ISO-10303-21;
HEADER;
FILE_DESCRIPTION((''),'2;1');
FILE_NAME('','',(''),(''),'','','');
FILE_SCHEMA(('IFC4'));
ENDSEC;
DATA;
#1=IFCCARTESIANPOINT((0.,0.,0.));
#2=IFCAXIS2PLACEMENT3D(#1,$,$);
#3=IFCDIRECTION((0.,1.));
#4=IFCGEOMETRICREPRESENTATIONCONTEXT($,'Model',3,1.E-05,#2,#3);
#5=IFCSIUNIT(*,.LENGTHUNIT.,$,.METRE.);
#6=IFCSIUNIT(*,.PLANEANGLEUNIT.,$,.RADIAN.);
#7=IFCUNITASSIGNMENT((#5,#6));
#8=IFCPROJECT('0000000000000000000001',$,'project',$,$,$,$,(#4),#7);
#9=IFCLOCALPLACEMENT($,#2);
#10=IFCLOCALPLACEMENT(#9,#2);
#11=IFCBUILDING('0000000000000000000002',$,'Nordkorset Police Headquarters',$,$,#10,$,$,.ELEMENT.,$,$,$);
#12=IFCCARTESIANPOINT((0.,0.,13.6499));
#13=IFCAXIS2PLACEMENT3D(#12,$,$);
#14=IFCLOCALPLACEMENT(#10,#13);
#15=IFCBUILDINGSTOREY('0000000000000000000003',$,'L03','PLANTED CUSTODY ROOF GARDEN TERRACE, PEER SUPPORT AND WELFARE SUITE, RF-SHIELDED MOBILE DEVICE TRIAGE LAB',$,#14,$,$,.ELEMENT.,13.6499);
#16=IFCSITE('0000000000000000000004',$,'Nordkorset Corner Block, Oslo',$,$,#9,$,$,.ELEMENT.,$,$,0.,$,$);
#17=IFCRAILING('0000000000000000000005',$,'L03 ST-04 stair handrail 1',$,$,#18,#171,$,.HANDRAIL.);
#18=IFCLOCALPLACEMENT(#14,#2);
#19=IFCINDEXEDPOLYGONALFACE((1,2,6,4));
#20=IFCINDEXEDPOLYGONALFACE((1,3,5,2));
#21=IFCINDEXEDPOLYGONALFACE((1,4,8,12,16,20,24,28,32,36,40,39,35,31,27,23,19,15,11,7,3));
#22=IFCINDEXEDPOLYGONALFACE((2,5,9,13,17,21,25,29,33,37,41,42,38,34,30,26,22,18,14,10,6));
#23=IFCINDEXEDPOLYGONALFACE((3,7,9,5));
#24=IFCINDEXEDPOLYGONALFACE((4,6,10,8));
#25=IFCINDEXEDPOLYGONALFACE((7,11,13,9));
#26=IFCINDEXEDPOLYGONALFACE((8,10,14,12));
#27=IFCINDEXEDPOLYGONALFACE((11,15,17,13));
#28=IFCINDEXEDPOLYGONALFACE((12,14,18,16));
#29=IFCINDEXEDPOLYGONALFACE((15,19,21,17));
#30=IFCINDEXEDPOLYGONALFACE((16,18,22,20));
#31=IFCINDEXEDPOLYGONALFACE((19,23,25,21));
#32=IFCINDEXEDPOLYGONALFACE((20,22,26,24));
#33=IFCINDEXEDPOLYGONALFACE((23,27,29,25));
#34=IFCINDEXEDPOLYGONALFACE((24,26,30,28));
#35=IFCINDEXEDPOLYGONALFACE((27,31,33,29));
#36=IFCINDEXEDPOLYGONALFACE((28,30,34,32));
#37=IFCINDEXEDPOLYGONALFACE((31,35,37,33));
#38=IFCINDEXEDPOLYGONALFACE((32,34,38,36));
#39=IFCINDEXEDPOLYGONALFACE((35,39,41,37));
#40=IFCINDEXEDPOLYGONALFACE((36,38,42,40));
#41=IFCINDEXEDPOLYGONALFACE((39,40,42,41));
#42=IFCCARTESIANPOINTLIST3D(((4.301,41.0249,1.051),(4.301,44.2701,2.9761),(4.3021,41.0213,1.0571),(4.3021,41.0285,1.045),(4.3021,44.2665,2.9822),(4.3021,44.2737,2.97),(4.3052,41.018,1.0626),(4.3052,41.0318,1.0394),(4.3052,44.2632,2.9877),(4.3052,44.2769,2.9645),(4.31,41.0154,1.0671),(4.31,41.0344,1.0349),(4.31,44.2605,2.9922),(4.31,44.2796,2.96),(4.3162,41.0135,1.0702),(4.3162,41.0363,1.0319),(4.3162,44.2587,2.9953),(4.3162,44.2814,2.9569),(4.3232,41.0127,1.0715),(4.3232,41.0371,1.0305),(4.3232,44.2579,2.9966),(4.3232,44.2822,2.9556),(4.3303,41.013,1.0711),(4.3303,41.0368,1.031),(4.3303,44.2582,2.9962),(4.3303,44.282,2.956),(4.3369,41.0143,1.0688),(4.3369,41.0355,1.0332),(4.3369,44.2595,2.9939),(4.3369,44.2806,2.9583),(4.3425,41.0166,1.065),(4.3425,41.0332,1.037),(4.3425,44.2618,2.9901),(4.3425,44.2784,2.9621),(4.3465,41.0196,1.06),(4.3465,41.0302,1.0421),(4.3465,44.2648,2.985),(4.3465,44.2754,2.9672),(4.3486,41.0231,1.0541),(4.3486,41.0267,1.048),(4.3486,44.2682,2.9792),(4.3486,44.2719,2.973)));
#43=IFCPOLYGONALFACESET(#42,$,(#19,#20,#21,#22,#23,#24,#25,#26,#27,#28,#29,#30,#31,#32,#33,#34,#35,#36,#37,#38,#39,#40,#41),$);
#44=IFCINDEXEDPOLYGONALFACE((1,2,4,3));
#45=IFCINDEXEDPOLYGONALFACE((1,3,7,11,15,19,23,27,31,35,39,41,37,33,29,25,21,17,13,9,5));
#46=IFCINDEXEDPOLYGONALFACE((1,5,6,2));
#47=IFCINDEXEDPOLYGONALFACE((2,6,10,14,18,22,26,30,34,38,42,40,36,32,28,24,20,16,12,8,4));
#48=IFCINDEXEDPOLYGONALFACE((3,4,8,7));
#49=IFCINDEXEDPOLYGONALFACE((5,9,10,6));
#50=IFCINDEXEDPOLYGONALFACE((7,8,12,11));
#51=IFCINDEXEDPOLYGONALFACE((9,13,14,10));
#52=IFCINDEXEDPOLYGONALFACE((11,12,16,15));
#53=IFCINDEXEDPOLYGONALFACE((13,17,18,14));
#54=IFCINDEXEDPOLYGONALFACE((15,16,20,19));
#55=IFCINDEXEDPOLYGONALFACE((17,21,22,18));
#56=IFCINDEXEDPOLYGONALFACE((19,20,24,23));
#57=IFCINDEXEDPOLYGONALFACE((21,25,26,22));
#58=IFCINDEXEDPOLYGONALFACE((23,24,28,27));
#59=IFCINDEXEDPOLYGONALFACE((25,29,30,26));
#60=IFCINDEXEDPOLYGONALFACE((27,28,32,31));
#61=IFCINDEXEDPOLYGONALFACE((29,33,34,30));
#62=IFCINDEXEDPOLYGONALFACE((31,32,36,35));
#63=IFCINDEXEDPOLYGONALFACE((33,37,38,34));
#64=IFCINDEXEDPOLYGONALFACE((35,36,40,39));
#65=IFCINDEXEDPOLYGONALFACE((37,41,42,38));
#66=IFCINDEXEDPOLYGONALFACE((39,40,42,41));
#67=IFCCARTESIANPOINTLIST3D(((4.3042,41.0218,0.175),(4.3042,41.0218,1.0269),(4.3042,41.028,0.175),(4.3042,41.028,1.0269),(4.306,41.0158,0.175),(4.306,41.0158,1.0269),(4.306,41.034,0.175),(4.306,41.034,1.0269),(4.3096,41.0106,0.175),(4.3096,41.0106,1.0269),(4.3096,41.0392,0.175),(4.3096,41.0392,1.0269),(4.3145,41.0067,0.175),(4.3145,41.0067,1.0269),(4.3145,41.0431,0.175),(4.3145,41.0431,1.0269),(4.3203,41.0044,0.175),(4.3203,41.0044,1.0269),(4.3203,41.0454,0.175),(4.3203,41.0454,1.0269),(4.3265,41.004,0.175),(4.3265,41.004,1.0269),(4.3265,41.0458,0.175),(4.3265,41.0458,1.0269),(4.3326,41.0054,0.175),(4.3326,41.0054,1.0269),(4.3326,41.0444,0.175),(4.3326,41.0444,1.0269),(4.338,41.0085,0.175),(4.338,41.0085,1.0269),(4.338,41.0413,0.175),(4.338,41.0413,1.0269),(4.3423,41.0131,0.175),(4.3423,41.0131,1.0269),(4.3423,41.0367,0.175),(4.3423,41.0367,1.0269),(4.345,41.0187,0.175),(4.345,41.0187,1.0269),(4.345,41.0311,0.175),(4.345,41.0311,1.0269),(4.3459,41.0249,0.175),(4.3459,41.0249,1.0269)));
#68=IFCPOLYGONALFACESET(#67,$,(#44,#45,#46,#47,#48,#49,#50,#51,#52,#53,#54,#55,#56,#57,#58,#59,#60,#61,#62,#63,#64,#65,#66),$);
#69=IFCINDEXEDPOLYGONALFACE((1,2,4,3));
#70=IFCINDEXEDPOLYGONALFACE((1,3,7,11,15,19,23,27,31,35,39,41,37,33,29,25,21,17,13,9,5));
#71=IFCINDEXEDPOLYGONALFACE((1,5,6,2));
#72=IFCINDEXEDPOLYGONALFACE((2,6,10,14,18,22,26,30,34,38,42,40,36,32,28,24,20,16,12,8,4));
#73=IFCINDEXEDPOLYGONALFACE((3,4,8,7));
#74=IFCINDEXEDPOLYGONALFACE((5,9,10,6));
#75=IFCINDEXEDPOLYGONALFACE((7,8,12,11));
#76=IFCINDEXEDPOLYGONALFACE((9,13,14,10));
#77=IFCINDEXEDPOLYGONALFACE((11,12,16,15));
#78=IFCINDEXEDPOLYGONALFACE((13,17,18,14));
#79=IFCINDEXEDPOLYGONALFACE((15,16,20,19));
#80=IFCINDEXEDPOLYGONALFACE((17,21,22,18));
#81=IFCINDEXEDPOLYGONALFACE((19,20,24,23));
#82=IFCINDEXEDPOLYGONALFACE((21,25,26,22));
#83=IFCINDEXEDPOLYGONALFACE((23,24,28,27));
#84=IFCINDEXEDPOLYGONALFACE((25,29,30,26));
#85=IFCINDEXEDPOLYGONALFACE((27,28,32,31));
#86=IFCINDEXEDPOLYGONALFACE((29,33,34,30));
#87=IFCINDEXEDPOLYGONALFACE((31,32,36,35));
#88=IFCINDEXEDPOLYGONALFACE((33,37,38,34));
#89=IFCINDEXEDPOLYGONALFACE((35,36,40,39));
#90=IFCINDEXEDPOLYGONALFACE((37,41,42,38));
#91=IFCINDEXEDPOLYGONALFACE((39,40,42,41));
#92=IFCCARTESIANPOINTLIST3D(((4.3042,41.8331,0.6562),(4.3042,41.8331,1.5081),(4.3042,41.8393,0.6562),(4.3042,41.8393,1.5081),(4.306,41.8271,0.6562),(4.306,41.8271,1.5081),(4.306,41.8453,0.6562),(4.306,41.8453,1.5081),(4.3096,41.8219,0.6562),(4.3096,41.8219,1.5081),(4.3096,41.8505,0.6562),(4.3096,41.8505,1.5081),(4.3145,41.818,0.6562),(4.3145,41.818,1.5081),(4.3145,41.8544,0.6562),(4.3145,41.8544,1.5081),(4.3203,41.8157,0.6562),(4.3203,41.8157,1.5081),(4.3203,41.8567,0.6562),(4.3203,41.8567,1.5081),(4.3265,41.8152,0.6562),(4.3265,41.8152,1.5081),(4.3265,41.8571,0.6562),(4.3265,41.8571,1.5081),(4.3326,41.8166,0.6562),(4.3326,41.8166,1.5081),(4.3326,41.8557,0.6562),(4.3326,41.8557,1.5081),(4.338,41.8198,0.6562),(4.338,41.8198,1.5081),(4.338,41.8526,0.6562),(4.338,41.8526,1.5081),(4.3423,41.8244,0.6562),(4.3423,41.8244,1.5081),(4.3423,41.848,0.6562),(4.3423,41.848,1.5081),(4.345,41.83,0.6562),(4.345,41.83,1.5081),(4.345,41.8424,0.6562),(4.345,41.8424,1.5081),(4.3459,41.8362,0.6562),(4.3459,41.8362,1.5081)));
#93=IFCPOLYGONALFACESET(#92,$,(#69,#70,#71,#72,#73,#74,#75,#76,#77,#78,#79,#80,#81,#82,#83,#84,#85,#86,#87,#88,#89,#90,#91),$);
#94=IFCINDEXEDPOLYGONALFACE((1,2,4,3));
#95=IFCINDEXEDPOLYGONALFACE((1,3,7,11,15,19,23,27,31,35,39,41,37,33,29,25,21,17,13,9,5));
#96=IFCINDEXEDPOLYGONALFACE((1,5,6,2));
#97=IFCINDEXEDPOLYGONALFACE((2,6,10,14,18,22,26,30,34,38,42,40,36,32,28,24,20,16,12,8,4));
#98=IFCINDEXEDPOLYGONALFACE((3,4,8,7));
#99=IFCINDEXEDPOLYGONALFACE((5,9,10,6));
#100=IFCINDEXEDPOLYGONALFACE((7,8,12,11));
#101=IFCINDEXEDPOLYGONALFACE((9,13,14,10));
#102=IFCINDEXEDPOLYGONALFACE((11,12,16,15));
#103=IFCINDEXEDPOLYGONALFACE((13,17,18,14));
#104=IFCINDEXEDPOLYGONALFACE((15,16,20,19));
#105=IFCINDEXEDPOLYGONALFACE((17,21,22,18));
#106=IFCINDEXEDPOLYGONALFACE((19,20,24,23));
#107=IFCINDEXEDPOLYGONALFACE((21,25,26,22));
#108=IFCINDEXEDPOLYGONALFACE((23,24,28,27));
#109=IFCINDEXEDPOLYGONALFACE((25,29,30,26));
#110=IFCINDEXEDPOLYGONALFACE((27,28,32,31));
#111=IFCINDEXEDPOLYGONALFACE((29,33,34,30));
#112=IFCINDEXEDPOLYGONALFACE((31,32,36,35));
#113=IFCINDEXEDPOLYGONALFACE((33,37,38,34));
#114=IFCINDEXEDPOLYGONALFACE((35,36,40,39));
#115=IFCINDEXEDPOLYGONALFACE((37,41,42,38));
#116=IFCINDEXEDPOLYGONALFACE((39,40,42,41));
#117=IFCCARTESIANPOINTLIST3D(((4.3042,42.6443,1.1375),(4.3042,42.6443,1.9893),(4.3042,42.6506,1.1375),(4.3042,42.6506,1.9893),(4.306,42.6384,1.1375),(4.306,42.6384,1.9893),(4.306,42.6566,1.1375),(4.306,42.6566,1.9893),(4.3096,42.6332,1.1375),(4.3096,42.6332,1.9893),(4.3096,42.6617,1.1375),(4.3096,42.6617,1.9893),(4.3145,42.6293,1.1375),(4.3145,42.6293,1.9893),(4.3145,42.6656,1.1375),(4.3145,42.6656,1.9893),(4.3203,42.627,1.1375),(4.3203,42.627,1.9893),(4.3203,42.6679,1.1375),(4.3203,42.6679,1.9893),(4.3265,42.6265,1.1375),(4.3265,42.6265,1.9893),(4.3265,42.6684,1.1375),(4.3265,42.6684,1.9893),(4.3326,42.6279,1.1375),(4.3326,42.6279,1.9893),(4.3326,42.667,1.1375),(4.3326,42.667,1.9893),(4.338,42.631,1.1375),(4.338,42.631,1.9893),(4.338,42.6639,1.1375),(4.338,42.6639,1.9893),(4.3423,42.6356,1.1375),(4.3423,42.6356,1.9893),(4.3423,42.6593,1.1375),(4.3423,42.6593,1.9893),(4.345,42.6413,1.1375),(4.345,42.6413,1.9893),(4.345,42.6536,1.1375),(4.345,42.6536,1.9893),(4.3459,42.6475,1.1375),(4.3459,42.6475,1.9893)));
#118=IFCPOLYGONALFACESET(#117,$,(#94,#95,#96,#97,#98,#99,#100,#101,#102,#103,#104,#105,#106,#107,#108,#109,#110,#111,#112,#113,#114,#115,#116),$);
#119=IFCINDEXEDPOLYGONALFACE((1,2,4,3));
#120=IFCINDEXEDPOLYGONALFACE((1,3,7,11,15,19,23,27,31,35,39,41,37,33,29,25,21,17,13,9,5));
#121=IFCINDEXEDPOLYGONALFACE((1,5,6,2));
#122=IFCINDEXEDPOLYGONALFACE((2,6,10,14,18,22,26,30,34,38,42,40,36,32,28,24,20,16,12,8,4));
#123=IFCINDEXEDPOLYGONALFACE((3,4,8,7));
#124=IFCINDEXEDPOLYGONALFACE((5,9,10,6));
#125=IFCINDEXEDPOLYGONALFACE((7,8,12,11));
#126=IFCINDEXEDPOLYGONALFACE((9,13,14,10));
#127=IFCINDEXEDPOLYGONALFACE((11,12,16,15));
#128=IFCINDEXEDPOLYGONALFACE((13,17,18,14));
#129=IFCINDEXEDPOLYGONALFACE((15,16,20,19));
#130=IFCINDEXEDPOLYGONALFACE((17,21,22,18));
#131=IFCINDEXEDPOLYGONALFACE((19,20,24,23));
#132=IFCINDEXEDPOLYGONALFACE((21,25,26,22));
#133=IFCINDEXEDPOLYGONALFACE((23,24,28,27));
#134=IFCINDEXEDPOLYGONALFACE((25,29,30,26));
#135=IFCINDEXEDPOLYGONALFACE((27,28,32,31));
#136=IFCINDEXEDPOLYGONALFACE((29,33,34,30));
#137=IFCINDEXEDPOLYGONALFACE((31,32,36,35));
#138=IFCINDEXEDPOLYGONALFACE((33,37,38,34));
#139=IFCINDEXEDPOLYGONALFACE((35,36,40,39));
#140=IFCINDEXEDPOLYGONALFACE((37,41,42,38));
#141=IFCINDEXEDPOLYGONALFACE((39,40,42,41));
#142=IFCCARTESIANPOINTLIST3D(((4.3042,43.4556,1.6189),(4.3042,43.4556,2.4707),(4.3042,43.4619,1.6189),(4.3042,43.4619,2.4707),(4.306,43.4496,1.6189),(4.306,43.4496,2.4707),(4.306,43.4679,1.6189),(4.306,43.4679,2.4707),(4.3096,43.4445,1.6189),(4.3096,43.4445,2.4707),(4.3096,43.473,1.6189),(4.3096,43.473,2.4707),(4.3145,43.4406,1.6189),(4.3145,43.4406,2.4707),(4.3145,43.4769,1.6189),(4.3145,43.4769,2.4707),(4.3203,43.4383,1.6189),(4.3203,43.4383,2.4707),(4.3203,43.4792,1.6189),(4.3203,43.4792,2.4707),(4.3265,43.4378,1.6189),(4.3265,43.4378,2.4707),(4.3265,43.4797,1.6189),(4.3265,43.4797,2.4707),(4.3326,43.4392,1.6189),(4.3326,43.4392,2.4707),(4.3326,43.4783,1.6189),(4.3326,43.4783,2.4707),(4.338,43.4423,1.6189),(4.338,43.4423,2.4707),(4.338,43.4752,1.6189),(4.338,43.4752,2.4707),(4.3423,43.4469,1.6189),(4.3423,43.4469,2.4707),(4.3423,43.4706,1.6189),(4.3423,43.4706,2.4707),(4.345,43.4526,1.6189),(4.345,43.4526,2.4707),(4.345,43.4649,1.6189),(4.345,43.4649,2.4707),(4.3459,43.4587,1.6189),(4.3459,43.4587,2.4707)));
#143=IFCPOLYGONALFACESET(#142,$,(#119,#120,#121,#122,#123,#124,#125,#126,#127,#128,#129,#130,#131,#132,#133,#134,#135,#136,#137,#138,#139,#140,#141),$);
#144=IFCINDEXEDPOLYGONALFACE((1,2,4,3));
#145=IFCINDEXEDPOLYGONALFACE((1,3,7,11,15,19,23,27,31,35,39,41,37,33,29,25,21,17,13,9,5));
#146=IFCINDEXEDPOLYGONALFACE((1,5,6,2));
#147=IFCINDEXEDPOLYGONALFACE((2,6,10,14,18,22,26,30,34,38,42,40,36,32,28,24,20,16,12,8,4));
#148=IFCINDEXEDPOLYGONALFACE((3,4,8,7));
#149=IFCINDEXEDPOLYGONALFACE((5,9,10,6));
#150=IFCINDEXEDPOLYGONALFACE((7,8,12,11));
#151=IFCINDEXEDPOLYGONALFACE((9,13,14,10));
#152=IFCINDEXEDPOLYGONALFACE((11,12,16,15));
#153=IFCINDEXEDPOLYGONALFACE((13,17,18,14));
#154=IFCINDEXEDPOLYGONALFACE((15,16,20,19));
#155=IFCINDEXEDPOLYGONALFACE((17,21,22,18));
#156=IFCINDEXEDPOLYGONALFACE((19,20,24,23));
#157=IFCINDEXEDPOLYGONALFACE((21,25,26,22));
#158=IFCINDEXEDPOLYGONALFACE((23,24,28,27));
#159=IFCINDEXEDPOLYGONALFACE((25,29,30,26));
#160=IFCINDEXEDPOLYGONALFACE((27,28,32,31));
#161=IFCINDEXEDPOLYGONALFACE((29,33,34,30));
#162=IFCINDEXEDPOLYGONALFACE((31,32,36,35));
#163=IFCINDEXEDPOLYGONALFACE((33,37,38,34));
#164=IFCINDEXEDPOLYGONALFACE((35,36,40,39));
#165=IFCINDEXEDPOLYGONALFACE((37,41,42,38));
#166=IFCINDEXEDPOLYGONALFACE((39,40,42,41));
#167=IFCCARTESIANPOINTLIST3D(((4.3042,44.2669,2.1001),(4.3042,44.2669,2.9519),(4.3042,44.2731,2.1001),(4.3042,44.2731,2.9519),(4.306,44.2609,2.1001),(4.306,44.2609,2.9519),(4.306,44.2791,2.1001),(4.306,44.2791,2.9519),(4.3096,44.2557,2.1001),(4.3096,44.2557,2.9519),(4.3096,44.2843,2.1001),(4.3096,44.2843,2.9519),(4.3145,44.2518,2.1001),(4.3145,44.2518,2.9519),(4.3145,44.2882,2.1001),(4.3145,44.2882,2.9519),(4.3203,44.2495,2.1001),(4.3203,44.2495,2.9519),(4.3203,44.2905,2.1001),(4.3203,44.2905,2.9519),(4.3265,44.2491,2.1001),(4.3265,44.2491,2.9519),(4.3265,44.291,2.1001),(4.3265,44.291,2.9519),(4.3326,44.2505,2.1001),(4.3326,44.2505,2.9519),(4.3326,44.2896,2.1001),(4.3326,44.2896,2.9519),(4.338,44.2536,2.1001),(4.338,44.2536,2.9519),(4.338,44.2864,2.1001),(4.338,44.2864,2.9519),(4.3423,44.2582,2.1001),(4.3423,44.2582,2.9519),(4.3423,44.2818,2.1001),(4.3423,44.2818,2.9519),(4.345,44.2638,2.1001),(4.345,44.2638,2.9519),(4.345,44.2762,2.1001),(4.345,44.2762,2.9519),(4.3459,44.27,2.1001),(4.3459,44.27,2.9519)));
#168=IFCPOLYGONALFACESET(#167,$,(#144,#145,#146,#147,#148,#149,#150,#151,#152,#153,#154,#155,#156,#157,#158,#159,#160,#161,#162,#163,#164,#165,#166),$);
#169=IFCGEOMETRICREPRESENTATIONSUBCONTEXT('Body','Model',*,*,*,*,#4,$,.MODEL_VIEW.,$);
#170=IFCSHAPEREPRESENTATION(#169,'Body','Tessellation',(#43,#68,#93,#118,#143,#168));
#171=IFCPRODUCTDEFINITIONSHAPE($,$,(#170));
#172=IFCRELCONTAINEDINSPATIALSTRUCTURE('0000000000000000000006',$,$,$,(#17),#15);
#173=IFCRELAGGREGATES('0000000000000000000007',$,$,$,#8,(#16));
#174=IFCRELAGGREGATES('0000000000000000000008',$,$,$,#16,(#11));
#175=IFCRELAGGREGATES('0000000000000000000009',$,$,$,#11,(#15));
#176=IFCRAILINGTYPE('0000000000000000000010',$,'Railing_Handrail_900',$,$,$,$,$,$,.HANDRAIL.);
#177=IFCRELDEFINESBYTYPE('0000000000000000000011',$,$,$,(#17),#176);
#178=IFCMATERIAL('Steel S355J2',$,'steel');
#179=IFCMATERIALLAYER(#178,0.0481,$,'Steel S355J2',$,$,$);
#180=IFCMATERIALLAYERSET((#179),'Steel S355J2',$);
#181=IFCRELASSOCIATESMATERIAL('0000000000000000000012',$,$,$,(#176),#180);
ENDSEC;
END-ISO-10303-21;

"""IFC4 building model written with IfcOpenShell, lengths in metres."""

from ifc_helpers import new_model, si_unit, direction, frame, origin, origin_2d, place, context, subcontext, project, spatial, circle, extrude, material, layer, layer_set, type_object, element, save


model = new_model("IFC4")

# Units and contexts
model_context = context("Model", 3, precision=1e-05, world=origin(), true_north=direction((0.0, 1.0)))
body_context = subcontext(model_context, "Body", "Model", "MODEL_VIEW")
ifc_project = project(units=[si_unit("LENGTHUNIT", "METRE"), si_unit("PLANEANGLEUNIT", "RADIAN")], contexts=[model_context])

# Site, building, storey
site_placement = place(None, origin())
site = spatial("IfcSite", under=ifc_project, at=site_placement, Name="Nordkorset Corner Block, Oslo", CompositionType="ELEMENT", RefElevation=0.0)
building_placement = place(site_placement, origin())
building = spatial("IfcBuilding", under=site, at=building_placement, Name="Nordkorset Police Headquarters", CompositionType="ELEMENT")
storey_placement = place(building_placement, frame((0.0, 0.0, 13.6499)))
storey = spatial("IfcBuildingStorey", under=building, at=storey_placement, Name="L03", Description="PLANTED CUSTODY ROOF GARDEN TERRACE, PEER SUPPORT AND WELFARE SUITE, RF-SHIELDED MOBILE DEVICE TRIAGE LAB", CompositionType="ELEMENT", Elevation=13.6499)

# Railing
ifc_material_1 = material(Name="Steel S355J2", Category="steel")
ifc_layer_1 = layer(ifc_material_1, 0.0481, Name="Steel S355J2")
ifc_layer_set_1 = layer_set([ifc_layer_1], Name="Steel S355J2")
railing_type_1 = type_object("IfcRailingType", Name="Railing_Handrail_900", PredefinedType="HANDRAIL", material=ifc_layer_set_1)
railing_1_placement = place(storey_placement, frame((4.325, 41.0249, 0.175)))
element("IfcRailing", 1, at=railing_1_placement, inside=storey, type_object=railing_type_1, Name="L03 ST-04 stair handrail 1", PredefinedType="HANDRAIL", context=body_context, shape_type="SweptSolid", body=[
    extrude(circle(Radius=0.0239, at=origin_2d()), frame((0.0, 0.0, 0.876), z_axis=(0.0, 0.860057, 0.510198), x_axis=(-1.0, 0.0, 0.0)), (0.0, 0.0, 1.0), 3.7732),
    extrude(circle(Radius=0.021, at=origin_2d()), origin(), (0.0, 0.0, 1.0), 0.8518),
    extrude(circle(Radius=0.021, at=origin_2d()), frame((0.0, 0.8113, 0.4812)), (0.0, 0.0, 1.0), 0.8518),
    extrude(circle(Radius=0.021, at=origin_2d()), frame((0.0, 1.6226, 0.9624)), (0.0, 0.0, 1.0), 0.8518),
    extrude(circle(Radius=0.021, at=origin_2d()), frame((0.0, 2.4338, 1.4438)), (0.0, 0.0, 1.0), 0.8518),
    extrude(circle(Radius=0.021, at=origin_2d()), frame((0.0, 3.2451, 1.925)), (0.0, 0.0, 1.0), 0.8518),
])

save(model, "model.ifc")
